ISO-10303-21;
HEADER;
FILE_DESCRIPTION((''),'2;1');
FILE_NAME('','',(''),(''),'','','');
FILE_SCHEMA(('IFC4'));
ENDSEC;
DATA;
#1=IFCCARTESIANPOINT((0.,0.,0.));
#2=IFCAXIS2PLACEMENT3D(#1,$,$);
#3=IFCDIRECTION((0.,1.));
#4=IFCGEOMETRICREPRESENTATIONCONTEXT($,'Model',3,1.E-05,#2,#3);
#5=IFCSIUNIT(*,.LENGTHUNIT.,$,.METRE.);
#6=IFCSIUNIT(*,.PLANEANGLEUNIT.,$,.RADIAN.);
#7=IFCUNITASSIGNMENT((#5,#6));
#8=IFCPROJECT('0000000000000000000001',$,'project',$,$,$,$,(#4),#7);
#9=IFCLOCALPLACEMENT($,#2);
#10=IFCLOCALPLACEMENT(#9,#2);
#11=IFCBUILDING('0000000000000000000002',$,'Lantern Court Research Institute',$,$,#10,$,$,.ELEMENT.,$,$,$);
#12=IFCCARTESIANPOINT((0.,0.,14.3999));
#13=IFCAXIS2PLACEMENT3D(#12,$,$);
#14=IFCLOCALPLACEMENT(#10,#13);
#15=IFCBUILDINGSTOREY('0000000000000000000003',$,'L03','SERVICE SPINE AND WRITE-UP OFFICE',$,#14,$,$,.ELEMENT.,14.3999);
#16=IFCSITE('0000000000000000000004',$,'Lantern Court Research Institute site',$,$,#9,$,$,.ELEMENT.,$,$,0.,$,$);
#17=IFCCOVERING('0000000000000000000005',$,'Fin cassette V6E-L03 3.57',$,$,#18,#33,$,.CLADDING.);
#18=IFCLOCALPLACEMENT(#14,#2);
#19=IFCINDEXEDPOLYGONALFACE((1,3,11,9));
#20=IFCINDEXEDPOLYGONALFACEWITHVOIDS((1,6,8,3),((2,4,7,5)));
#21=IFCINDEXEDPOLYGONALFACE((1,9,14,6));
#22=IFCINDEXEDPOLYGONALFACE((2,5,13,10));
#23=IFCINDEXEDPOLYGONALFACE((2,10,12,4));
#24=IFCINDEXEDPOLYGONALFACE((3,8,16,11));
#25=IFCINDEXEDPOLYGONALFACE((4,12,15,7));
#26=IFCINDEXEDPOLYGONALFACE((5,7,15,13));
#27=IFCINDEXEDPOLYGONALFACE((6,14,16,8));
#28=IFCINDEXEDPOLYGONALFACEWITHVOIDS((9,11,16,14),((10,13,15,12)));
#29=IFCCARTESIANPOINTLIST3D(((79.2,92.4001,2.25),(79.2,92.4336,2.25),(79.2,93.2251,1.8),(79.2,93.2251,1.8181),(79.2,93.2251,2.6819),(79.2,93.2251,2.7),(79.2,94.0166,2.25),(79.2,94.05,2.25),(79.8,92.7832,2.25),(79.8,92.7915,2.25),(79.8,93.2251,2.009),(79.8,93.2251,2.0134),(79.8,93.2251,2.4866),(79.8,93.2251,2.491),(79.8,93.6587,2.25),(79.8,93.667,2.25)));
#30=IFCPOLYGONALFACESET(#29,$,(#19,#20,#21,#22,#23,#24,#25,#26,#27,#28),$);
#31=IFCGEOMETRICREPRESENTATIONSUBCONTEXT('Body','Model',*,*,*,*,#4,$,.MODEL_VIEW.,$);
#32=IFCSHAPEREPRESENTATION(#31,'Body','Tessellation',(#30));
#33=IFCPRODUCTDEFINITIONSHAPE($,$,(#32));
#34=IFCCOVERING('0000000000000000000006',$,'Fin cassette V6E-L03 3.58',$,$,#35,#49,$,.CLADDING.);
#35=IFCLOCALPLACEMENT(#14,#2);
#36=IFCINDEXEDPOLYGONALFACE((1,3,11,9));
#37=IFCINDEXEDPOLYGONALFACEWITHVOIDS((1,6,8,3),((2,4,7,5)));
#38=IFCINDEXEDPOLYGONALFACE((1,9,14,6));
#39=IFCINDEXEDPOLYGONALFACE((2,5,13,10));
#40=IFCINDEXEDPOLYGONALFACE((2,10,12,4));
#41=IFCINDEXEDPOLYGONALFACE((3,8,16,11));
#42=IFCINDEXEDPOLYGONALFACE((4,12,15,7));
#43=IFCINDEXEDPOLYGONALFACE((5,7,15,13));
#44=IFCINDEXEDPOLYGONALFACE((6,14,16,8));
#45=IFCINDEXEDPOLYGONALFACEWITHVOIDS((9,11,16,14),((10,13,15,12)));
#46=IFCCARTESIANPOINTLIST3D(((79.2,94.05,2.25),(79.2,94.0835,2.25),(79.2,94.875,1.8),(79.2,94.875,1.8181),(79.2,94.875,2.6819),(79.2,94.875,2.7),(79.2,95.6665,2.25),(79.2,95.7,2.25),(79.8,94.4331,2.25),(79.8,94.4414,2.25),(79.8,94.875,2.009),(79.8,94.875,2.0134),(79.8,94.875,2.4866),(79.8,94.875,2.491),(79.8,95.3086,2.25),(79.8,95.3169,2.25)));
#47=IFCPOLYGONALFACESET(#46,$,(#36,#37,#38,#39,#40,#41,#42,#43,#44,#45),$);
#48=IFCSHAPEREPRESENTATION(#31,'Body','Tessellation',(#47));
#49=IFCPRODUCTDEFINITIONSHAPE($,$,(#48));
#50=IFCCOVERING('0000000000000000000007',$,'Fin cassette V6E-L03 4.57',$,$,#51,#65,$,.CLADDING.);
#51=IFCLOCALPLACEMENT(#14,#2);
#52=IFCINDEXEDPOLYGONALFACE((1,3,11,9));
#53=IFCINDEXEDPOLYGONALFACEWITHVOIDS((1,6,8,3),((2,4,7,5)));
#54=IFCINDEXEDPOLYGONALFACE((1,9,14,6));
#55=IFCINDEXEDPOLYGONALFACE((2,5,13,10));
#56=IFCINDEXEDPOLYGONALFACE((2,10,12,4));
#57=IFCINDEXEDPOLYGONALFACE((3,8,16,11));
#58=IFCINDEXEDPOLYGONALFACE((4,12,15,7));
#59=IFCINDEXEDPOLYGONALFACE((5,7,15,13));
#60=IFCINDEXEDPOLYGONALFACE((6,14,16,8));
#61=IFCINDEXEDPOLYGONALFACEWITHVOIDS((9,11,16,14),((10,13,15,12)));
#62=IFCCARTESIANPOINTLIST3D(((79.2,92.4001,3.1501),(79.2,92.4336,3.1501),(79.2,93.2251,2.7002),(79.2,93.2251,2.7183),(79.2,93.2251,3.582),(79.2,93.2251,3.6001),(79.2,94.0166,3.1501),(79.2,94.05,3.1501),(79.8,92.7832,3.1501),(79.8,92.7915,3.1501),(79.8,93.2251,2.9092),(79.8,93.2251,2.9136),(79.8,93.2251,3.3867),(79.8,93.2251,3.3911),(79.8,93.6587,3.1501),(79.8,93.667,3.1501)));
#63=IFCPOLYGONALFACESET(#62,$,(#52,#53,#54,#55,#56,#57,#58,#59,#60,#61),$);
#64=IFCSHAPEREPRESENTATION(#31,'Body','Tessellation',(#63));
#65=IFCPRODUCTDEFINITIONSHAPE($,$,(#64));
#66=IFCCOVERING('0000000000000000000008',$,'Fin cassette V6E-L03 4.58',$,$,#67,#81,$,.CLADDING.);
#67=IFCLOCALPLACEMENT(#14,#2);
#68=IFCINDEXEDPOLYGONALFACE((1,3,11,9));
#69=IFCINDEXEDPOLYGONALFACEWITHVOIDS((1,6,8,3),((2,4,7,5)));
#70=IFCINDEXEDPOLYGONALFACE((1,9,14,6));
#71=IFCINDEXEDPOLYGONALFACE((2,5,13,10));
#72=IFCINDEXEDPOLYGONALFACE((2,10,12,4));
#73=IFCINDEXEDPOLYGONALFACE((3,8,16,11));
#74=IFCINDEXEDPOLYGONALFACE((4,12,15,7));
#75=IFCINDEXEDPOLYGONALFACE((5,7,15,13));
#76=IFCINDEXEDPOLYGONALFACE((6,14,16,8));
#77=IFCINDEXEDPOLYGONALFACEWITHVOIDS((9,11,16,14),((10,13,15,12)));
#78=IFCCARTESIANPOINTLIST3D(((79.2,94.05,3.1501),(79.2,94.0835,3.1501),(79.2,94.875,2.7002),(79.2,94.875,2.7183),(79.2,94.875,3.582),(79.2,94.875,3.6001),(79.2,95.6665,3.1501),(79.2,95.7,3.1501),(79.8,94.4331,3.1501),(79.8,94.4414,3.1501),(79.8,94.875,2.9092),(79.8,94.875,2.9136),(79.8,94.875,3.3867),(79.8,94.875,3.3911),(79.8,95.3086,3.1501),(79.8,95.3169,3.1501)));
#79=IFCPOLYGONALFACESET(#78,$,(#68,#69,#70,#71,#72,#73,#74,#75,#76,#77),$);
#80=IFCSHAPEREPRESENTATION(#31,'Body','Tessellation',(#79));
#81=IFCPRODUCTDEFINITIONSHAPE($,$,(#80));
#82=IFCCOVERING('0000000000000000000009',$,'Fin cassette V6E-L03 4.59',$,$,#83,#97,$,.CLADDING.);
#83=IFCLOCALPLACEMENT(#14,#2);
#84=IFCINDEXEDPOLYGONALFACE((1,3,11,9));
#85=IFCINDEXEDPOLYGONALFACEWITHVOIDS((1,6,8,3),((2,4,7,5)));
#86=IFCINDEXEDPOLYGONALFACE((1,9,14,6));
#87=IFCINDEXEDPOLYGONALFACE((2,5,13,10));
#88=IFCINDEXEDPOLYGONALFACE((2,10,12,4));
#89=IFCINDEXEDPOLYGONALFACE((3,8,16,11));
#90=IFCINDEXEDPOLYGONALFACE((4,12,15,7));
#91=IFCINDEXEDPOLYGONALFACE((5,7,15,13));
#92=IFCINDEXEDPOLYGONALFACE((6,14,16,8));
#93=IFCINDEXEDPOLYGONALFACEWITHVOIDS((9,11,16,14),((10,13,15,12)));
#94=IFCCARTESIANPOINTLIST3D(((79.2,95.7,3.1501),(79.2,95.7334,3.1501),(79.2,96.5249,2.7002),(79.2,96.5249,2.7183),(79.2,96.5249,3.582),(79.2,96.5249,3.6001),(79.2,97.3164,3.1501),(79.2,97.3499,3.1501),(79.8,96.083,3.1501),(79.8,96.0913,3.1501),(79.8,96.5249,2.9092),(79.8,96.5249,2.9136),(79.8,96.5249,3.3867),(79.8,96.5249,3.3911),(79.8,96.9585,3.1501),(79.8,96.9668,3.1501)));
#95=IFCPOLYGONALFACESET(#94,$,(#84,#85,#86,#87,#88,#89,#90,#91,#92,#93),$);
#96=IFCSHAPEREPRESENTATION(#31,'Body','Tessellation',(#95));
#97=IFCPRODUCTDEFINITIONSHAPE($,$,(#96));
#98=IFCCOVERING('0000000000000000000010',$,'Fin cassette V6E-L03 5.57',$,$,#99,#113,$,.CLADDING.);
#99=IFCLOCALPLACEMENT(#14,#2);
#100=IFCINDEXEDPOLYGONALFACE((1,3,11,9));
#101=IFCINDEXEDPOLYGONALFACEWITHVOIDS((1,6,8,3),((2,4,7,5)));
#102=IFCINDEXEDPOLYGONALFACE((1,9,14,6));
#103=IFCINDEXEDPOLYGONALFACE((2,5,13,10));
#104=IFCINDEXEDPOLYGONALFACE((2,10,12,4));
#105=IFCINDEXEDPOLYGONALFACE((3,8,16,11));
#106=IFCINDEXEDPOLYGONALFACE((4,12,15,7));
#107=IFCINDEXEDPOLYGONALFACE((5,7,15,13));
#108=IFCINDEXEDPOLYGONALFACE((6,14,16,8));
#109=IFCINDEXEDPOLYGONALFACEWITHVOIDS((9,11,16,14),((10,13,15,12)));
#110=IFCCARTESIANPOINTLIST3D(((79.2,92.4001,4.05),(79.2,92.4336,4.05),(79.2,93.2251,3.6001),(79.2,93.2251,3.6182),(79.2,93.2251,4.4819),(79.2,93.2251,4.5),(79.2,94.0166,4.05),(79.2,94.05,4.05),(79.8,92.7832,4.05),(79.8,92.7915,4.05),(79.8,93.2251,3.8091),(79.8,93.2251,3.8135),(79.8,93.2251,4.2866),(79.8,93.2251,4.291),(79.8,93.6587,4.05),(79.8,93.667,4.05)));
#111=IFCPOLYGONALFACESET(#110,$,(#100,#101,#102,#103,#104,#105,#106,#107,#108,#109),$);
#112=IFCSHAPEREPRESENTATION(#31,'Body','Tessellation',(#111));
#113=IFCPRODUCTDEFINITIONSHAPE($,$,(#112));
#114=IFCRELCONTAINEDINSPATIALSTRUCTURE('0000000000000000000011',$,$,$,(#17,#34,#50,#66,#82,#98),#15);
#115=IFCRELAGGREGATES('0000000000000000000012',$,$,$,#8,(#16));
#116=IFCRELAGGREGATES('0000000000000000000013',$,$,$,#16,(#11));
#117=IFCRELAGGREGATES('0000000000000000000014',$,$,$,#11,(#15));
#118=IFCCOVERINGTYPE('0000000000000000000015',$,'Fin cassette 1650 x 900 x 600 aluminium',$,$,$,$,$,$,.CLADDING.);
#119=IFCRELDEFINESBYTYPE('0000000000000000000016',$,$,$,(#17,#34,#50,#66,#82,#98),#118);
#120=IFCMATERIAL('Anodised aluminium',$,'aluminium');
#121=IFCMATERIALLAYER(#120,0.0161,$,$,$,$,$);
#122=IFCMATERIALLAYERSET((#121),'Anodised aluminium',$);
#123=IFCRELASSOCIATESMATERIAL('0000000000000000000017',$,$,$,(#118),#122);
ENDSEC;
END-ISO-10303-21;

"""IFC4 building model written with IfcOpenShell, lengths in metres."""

from ifc_helpers import new_model, entity, si_unit, direction, frame, origin, place, context, subcontext, project, spatial, material, layer, layer_set, type_object, element, save


model = new_model("IFC4")

# Units and contexts
model_context = context("Model", 3, precision=1e-05, world=origin(), true_north=direction((0.0, 1.0)))
body_context = subcontext(model_context, "Body", "Model", "MODEL_VIEW")
ifc_project = project(units=[si_unit("LENGTHUNIT", "METRE"), si_unit("PLANEANGLEUNIT", "RADIAN")], contexts=[model_context])

# Site, building, storey
site_placement = place(None, origin())
site = spatial("IfcSite", under=ifc_project, at=site_placement, Name="Lantern Court Research Institute site", CompositionType="ELEMENT", RefElevation=0.0)
building_placement = place(site_placement, origin())
building = spatial("IfcBuilding", under=site, at=building_placement, Name="Lantern Court Research Institute", CompositionType="ELEMENT")
storey_placement = place(building_placement, frame((0.0, 0.0, 14.3999)))
storey = spatial("IfcBuildingStorey", under=building, at=storey_placement, Name="L03", Description="SERVICE SPINE AND WRITE-UP OFFICE", CompositionType="ELEMENT", Elevation=14.3999)

# Coverings
ifc_material_1 = material(Name="Anodised aluminium", Category="aluminium")
ifc_layer_1 = layer(ifc_material_1, 0.0161)
ifc_layer_set_1 = layer_set([ifc_layer_1], Name="Anodised aluminium")
covering_type_1 = type_object("IfcCoveringType", Name="Fin cassette 1650 x 900 x 600 aluminium", PredefinedType="CLADDING", material=ifc_layer_set_1)
covering_1_placement = place(storey_placement, frame((79.2, 93.2251, 2.25), z_axis=(1.0, 0.0, 0.0), x_axis=(0.0, 1.0, 0.0)))
cartesian_point_1 = entity("IfcCartesianPoint", [0.825, 0.0])
cartesian_point_2 = entity("IfcCartesianPoint", [0.7915, 0.0])
cartesian_point_3 = entity("IfcCartesianPoint", [0.4419, 0.0])
cartesian_point_4 = entity("IfcCartesianPoint", [0.4336, 0.0])
element("IfcCovering", 1, at=covering_1_placement, inside=storey, type_object=covering_type_1, Name="Fin cassette V6E-L03 3.57", PredefinedType="CLADDING", context=body_context, shape_type="SweptSolid", body=[
    entity("IfcExtrudedAreaSolidTapered", entity("IfcArbitraryProfileDefWithVoids", "AREA", None, entity("IfcPolyline", [cartesian_point_1, entity("IfcCartesianPoint", [0.0, 0.45]), entity("IfcCartesianPoint", [-0.825, 0.0]), entity("IfcCartesianPoint", [0.0, -0.45]), cartesian_point_1]), [entity("IfcPolyline", [cartesian_point_2, entity("IfcCartesianPoint", [0.0, 0.4319]), entity("IfcCartesianPoint", [-0.7915, 0.0]), entity("IfcCartesianPoint", [0.0, -0.4319]), cartesian_point_2])]), entity("IfcAxis2Placement3D", entity("IfcCartesianPoint", [0.0, 0.0, 0.0])), entity("IfcDirection", [0.0, 0.0, 1.0]), 0.6001, entity("IfcArbitraryProfileDefWithVoids", "AREA", None, entity("IfcPolyline", [cartesian_point_3, entity("IfcCartesianPoint", [0.0, 0.241]), entity("IfcCartesianPoint", [-0.4419, 0.0]), entity("IfcCartesianPoint", [0.0, -0.241]), cartesian_point_3]), [entity("IfcPolyline", [cartesian_point_4, entity("IfcCartesianPoint", [0.0, 0.2366]), entity("IfcCartesianPoint", [-0.4336, 0.0]), entity("IfcCartesianPoint", [0.0, -0.2366]), cartesian_point_4])])),
])
covering_2_placement = place(storey_placement, frame((79.2, 94.875, 2.25), z_axis=(1.0, 0.0, 0.0), x_axis=(0.0, 1.0, 0.0)))
cartesian_point_5 = entity("IfcCartesianPoint", [0.825, 0.0])
cartesian_point_6 = entity("IfcCartesianPoint", [0.7915, 0.0])
cartesian_point_7 = entity("IfcCartesianPoint", [0.4419, 0.0])
cartesian_point_8 = entity("IfcCartesianPoint", [0.4336, 0.0])
element("IfcCovering", 2, at=covering_2_placement, inside=storey, type_object=covering_type_1, Name="Fin cassette V6E-L03 3.58", PredefinedType="CLADDING", context=body_context, shape_type="SweptSolid", body=[
    entity("IfcExtrudedAreaSolidTapered", entity("IfcArbitraryProfileDefWithVoids", "AREA", None, entity("IfcPolyline", [cartesian_point_5, entity("IfcCartesianPoint", [0.0, 0.45]), entity("IfcCartesianPoint", [-0.825, 0.0]), entity("IfcCartesianPoint", [0.0, -0.45]), cartesian_point_5]), [entity("IfcPolyline", [cartesian_point_6, entity("IfcCartesianPoint", [0.0, 0.4319]), entity("IfcCartesianPoint", [-0.7915, 0.0]), entity("IfcCartesianPoint", [0.0, -0.4319]), cartesian_point_6])]), entity("IfcAxis2Placement3D", entity("IfcCartesianPoint", [0.0, 0.0, 0.0])), entity("IfcDirection", [0.0, 0.0, 1.0]), 0.6001, entity("IfcArbitraryProfileDefWithVoids", "AREA", None, entity("IfcPolyline", [cartesian_point_7, entity("IfcCartesianPoint", [0.0, 0.241]), entity("IfcCartesianPoint", [-0.4419, 0.0]), entity("IfcCartesianPoint", [0.0, -0.241]), cartesian_point_7]), [entity("IfcPolyline", [cartesian_point_8, entity("IfcCartesianPoint", [0.0, 0.2366]), entity("IfcCartesianPoint", [-0.4336, 0.0]), entity("IfcCartesianPoint", [0.0, -0.2366]), cartesian_point_8])])),
])
covering_3_placement = place(storey_placement, frame((79.2, 93.2251, 3.1501), z_axis=(1.0, 0.0, 0.0), x_axis=(0.0, 1.0, 0.0)))
cartesian_point_9 = entity("IfcCartesianPoint", [0.825, 0.0])
cartesian_point_10 = entity("IfcCartesianPoint", [0.7915, 0.0])
cartesian_point_11 = entity("IfcCartesianPoint", [0.4419, 0.0])
cartesian_point_12 = entity("IfcCartesianPoint", [0.4336, 0.0])
element("IfcCovering", 3, at=covering_3_placement, inside=storey, type_object=covering_type_1, Name="Fin cassette V6E-L03 4.57", PredefinedType="CLADDING", context=body_context, shape_type="SweptSolid", body=[
    entity("IfcExtrudedAreaSolidTapered", entity("IfcArbitraryProfileDefWithVoids", "AREA", None, entity("IfcPolyline", [cartesian_point_9, entity("IfcCartesianPoint", [0.0, 0.45]), entity("IfcCartesianPoint", [-0.825, 0.0]), entity("IfcCartesianPoint", [0.0, -0.45]), cartesian_point_9]), [entity("IfcPolyline", [cartesian_point_10, entity("IfcCartesianPoint", [0.0, 0.4319]), entity("IfcCartesianPoint", [-0.7915, 0.0]), entity("IfcCartesianPoint", [0.0, -0.4319]), cartesian_point_10])]), entity("IfcAxis2Placement3D", entity("IfcCartesianPoint", [0.0, 0.0, 0.0])), entity("IfcDirection", [0.0, 0.0, 1.0]), 0.6001, entity("IfcArbitraryProfileDefWithVoids", "AREA", None, entity("IfcPolyline", [cartesian_point_11, entity("IfcCartesianPoint", [0.0, 0.241]), entity("IfcCartesianPoint", [-0.4419, 0.0]), entity("IfcCartesianPoint", [0.0, -0.241]), cartesian_point_11]), [entity("IfcPolyline", [cartesian_point_12, entity("IfcCartesianPoint", [0.0, 0.2366]), entity("IfcCartesianPoint", [-0.4336, 0.0]), entity("IfcCartesianPoint", [0.0, -0.2366]), cartesian_point_12])])),
])
covering_4_placement = place(storey_placement, frame((79.2, 94.875, 3.1501), z_axis=(1.0, 0.0, 0.0), x_axis=(0.0, 1.0, 0.0)))
cartesian_point_13 = entity("IfcCartesianPoint", [0.825, 0.0])
cartesian_point_14 = entity("IfcCartesianPoint", [0.7915, 0.0])
cartesian_point_15 = entity("IfcCartesianPoint", [0.4419, 0.0])
cartesian_point_16 = entity("IfcCartesianPoint", [0.4336, 0.0])
element("IfcCovering", 4, at=covering_4_placement, inside=storey, type_object=covering_type_1, Name="Fin cassette V6E-L03 4.58", PredefinedType="CLADDING", context=body_context, shape_type="SweptSolid", body=[
    entity("IfcExtrudedAreaSolidTapered", entity("IfcArbitraryProfileDefWithVoids", "AREA", None, entity("IfcPolyline", [cartesian_point_13, entity("IfcCartesianPoint", [0.0, 0.45]), entity("IfcCartesianPoint", [-0.825, 0.0]), entity("IfcCartesianPoint", [0.0, -0.45]), cartesian_point_13]), [entity("IfcPolyline", [cartesian_point_14, entity("IfcCartesianPoint", [0.0, 0.4319]), entity("IfcCartesianPoint", [-0.7915, 0.0]), entity("IfcCartesianPoint", [0.0, -0.4319]), cartesian_point_14])]), entity("IfcAxis2Placement3D", entity("IfcCartesianPoint", [0.0, 0.0, 0.0])), entity("IfcDirection", [0.0, 0.0, 1.0]), 0.6001, entity("IfcArbitraryProfileDefWithVoids", "AREA", None, entity("IfcPolyline", [cartesian_point_15, entity("IfcCartesianPoint", [0.0, 0.241]), entity("IfcCartesianPoint", [-0.4419, 0.0]), entity("IfcCartesianPoint", [0.0, -0.241]), cartesian_point_15]), [entity("IfcPolyline", [cartesian_point_16, entity("IfcCartesianPoint", [0.0, 0.2366]), entity("IfcCartesianPoint", [-0.4336, 0.0]), entity("IfcCartesianPoint", [0.0, -0.2366]), cartesian_point_16])])),
])
covering_5_placement = place(storey_placement, frame((79.2, 96.5249, 3.1501), z_axis=(1.0, 0.0, 0.0), x_axis=(0.0, 1.0, 0.0)))
cartesian_point_17 = entity("IfcCartesianPoint", [0.825, 0.0])
cartesian_point_18 = entity("IfcCartesianPoint", [0.7915, 0.0])
cartesian_point_19 = entity("IfcCartesianPoint", [0.4419, 0.0])
cartesian_point_20 = entity("IfcCartesianPoint", [0.4336, 0.0])
element("IfcCovering", 5, at=covering_5_placement, inside=storey, type_object=covering_type_1, Name="Fin cassette V6E-L03 4.59", PredefinedType="CLADDING", context=body_context, shape_type="SweptSolid", body=[
    entity("IfcExtrudedAreaSolidTapered", entity("IfcArbitraryProfileDefWithVoids", "AREA", None, entity("IfcPolyline", [cartesian_point_17, entity("IfcCartesianPoint", [0.0, 0.45]), entity("IfcCartesianPoint", [-0.825, 0.0]), entity("IfcCartesianPoint", [0.0, -0.45]), cartesian_point_17]), [entity("IfcPolyline", [cartesian_point_18, entity("IfcCartesianPoint", [0.0, 0.4319]), entity("IfcCartesianPoint", [-0.7915, 0.0]), entity("IfcCartesianPoint", [0.0, -0.4319]), cartesian_point_18])]), entity("IfcAxis2Placement3D", entity("IfcCartesianPoint", [0.0, 0.0, 0.0])), entity("IfcDirection", [0.0, 0.0, 1.0]), 0.6001, entity("IfcArbitraryProfileDefWithVoids", "AREA", None, entity("IfcPolyline", [cartesian_point_19, entity("IfcCartesianPoint", [0.0, 0.241]), entity("IfcCartesianPoint", [-0.4419, 0.0]), entity("IfcCartesianPoint", [0.0, -0.241]), cartesian_point_19]), [entity("IfcPolyline", [cartesian_point_20, entity("IfcCartesianPoint", [0.0, 0.2366]), entity("IfcCartesianPoint", [-0.4336, 0.0]), entity("IfcCartesianPoint", [0.0, -0.2366]), cartesian_point_20])])),
])
covering_6_placement = place(storey_placement, frame((79.2, 93.2251, 4.05), z_axis=(1.0, 0.0, 0.0), x_axis=(0.0, 1.0, 0.0)))
cartesian_point_21 = entity("IfcCartesianPoint", [0.825, 0.0])
cartesian_point_22 = entity("IfcCartesianPoint", [0.7915, 0.0])
cartesian_point_23 = entity("IfcCartesianPoint", [0.4419, 0.0])
cartesian_point_24 = entity("IfcCartesianPoint", [0.4336, 0.0])
element("IfcCovering", 6, at=covering_6_placement, inside=storey, type_object=covering_type_1, Name="Fin cassette V6E-L03 5.57", PredefinedType="CLADDING", context=body_context, shape_type="SweptSolid", body=[
    entity("IfcExtrudedAreaSolidTapered", entity("IfcArbitraryProfileDefWithVoids", "AREA", None, entity("IfcPolyline", [cartesian_point_21, entity("IfcCartesianPoint", [0.0, 0.45]), entity("IfcCartesianPoint", [-0.825, 0.0]), entity("IfcCartesianPoint", [0.0, -0.45]), cartesian_point_21]), [entity("IfcPolyline", [cartesian_point_22, entity("IfcCartesianPoint", [0.0, 0.4319]), entity("IfcCartesianPoint", [-0.7915, 0.0]), entity("IfcCartesianPoint", [0.0, -0.4319]), cartesian_point_22])]), entity("IfcAxis2Placement3D", entity("IfcCartesianPoint", [0.0, 0.0, 0.0])), entity("IfcDirection", [0.0, 0.0, 1.0]), 0.6001, entity("IfcArbitraryProfileDefWithVoids", "AREA", None, entity("IfcPolyline", [cartesian_point_23, entity("IfcCartesianPoint", [0.0, 0.241]), entity("IfcCartesianPoint", [-0.4419, 0.0]), entity("IfcCartesianPoint", [0.0, -0.241]), cartesian_point_23]), [entity("IfcPolyline", [cartesian_point_24, entity("IfcCartesianPoint", [0.0, 0.2366]), entity("IfcCartesianPoint", [-0.4336, 0.0]), entity("IfcCartesianPoint", [0.0, -0.2366]), cartesian_point_24])])),
])

save(model, "model.ifc")
